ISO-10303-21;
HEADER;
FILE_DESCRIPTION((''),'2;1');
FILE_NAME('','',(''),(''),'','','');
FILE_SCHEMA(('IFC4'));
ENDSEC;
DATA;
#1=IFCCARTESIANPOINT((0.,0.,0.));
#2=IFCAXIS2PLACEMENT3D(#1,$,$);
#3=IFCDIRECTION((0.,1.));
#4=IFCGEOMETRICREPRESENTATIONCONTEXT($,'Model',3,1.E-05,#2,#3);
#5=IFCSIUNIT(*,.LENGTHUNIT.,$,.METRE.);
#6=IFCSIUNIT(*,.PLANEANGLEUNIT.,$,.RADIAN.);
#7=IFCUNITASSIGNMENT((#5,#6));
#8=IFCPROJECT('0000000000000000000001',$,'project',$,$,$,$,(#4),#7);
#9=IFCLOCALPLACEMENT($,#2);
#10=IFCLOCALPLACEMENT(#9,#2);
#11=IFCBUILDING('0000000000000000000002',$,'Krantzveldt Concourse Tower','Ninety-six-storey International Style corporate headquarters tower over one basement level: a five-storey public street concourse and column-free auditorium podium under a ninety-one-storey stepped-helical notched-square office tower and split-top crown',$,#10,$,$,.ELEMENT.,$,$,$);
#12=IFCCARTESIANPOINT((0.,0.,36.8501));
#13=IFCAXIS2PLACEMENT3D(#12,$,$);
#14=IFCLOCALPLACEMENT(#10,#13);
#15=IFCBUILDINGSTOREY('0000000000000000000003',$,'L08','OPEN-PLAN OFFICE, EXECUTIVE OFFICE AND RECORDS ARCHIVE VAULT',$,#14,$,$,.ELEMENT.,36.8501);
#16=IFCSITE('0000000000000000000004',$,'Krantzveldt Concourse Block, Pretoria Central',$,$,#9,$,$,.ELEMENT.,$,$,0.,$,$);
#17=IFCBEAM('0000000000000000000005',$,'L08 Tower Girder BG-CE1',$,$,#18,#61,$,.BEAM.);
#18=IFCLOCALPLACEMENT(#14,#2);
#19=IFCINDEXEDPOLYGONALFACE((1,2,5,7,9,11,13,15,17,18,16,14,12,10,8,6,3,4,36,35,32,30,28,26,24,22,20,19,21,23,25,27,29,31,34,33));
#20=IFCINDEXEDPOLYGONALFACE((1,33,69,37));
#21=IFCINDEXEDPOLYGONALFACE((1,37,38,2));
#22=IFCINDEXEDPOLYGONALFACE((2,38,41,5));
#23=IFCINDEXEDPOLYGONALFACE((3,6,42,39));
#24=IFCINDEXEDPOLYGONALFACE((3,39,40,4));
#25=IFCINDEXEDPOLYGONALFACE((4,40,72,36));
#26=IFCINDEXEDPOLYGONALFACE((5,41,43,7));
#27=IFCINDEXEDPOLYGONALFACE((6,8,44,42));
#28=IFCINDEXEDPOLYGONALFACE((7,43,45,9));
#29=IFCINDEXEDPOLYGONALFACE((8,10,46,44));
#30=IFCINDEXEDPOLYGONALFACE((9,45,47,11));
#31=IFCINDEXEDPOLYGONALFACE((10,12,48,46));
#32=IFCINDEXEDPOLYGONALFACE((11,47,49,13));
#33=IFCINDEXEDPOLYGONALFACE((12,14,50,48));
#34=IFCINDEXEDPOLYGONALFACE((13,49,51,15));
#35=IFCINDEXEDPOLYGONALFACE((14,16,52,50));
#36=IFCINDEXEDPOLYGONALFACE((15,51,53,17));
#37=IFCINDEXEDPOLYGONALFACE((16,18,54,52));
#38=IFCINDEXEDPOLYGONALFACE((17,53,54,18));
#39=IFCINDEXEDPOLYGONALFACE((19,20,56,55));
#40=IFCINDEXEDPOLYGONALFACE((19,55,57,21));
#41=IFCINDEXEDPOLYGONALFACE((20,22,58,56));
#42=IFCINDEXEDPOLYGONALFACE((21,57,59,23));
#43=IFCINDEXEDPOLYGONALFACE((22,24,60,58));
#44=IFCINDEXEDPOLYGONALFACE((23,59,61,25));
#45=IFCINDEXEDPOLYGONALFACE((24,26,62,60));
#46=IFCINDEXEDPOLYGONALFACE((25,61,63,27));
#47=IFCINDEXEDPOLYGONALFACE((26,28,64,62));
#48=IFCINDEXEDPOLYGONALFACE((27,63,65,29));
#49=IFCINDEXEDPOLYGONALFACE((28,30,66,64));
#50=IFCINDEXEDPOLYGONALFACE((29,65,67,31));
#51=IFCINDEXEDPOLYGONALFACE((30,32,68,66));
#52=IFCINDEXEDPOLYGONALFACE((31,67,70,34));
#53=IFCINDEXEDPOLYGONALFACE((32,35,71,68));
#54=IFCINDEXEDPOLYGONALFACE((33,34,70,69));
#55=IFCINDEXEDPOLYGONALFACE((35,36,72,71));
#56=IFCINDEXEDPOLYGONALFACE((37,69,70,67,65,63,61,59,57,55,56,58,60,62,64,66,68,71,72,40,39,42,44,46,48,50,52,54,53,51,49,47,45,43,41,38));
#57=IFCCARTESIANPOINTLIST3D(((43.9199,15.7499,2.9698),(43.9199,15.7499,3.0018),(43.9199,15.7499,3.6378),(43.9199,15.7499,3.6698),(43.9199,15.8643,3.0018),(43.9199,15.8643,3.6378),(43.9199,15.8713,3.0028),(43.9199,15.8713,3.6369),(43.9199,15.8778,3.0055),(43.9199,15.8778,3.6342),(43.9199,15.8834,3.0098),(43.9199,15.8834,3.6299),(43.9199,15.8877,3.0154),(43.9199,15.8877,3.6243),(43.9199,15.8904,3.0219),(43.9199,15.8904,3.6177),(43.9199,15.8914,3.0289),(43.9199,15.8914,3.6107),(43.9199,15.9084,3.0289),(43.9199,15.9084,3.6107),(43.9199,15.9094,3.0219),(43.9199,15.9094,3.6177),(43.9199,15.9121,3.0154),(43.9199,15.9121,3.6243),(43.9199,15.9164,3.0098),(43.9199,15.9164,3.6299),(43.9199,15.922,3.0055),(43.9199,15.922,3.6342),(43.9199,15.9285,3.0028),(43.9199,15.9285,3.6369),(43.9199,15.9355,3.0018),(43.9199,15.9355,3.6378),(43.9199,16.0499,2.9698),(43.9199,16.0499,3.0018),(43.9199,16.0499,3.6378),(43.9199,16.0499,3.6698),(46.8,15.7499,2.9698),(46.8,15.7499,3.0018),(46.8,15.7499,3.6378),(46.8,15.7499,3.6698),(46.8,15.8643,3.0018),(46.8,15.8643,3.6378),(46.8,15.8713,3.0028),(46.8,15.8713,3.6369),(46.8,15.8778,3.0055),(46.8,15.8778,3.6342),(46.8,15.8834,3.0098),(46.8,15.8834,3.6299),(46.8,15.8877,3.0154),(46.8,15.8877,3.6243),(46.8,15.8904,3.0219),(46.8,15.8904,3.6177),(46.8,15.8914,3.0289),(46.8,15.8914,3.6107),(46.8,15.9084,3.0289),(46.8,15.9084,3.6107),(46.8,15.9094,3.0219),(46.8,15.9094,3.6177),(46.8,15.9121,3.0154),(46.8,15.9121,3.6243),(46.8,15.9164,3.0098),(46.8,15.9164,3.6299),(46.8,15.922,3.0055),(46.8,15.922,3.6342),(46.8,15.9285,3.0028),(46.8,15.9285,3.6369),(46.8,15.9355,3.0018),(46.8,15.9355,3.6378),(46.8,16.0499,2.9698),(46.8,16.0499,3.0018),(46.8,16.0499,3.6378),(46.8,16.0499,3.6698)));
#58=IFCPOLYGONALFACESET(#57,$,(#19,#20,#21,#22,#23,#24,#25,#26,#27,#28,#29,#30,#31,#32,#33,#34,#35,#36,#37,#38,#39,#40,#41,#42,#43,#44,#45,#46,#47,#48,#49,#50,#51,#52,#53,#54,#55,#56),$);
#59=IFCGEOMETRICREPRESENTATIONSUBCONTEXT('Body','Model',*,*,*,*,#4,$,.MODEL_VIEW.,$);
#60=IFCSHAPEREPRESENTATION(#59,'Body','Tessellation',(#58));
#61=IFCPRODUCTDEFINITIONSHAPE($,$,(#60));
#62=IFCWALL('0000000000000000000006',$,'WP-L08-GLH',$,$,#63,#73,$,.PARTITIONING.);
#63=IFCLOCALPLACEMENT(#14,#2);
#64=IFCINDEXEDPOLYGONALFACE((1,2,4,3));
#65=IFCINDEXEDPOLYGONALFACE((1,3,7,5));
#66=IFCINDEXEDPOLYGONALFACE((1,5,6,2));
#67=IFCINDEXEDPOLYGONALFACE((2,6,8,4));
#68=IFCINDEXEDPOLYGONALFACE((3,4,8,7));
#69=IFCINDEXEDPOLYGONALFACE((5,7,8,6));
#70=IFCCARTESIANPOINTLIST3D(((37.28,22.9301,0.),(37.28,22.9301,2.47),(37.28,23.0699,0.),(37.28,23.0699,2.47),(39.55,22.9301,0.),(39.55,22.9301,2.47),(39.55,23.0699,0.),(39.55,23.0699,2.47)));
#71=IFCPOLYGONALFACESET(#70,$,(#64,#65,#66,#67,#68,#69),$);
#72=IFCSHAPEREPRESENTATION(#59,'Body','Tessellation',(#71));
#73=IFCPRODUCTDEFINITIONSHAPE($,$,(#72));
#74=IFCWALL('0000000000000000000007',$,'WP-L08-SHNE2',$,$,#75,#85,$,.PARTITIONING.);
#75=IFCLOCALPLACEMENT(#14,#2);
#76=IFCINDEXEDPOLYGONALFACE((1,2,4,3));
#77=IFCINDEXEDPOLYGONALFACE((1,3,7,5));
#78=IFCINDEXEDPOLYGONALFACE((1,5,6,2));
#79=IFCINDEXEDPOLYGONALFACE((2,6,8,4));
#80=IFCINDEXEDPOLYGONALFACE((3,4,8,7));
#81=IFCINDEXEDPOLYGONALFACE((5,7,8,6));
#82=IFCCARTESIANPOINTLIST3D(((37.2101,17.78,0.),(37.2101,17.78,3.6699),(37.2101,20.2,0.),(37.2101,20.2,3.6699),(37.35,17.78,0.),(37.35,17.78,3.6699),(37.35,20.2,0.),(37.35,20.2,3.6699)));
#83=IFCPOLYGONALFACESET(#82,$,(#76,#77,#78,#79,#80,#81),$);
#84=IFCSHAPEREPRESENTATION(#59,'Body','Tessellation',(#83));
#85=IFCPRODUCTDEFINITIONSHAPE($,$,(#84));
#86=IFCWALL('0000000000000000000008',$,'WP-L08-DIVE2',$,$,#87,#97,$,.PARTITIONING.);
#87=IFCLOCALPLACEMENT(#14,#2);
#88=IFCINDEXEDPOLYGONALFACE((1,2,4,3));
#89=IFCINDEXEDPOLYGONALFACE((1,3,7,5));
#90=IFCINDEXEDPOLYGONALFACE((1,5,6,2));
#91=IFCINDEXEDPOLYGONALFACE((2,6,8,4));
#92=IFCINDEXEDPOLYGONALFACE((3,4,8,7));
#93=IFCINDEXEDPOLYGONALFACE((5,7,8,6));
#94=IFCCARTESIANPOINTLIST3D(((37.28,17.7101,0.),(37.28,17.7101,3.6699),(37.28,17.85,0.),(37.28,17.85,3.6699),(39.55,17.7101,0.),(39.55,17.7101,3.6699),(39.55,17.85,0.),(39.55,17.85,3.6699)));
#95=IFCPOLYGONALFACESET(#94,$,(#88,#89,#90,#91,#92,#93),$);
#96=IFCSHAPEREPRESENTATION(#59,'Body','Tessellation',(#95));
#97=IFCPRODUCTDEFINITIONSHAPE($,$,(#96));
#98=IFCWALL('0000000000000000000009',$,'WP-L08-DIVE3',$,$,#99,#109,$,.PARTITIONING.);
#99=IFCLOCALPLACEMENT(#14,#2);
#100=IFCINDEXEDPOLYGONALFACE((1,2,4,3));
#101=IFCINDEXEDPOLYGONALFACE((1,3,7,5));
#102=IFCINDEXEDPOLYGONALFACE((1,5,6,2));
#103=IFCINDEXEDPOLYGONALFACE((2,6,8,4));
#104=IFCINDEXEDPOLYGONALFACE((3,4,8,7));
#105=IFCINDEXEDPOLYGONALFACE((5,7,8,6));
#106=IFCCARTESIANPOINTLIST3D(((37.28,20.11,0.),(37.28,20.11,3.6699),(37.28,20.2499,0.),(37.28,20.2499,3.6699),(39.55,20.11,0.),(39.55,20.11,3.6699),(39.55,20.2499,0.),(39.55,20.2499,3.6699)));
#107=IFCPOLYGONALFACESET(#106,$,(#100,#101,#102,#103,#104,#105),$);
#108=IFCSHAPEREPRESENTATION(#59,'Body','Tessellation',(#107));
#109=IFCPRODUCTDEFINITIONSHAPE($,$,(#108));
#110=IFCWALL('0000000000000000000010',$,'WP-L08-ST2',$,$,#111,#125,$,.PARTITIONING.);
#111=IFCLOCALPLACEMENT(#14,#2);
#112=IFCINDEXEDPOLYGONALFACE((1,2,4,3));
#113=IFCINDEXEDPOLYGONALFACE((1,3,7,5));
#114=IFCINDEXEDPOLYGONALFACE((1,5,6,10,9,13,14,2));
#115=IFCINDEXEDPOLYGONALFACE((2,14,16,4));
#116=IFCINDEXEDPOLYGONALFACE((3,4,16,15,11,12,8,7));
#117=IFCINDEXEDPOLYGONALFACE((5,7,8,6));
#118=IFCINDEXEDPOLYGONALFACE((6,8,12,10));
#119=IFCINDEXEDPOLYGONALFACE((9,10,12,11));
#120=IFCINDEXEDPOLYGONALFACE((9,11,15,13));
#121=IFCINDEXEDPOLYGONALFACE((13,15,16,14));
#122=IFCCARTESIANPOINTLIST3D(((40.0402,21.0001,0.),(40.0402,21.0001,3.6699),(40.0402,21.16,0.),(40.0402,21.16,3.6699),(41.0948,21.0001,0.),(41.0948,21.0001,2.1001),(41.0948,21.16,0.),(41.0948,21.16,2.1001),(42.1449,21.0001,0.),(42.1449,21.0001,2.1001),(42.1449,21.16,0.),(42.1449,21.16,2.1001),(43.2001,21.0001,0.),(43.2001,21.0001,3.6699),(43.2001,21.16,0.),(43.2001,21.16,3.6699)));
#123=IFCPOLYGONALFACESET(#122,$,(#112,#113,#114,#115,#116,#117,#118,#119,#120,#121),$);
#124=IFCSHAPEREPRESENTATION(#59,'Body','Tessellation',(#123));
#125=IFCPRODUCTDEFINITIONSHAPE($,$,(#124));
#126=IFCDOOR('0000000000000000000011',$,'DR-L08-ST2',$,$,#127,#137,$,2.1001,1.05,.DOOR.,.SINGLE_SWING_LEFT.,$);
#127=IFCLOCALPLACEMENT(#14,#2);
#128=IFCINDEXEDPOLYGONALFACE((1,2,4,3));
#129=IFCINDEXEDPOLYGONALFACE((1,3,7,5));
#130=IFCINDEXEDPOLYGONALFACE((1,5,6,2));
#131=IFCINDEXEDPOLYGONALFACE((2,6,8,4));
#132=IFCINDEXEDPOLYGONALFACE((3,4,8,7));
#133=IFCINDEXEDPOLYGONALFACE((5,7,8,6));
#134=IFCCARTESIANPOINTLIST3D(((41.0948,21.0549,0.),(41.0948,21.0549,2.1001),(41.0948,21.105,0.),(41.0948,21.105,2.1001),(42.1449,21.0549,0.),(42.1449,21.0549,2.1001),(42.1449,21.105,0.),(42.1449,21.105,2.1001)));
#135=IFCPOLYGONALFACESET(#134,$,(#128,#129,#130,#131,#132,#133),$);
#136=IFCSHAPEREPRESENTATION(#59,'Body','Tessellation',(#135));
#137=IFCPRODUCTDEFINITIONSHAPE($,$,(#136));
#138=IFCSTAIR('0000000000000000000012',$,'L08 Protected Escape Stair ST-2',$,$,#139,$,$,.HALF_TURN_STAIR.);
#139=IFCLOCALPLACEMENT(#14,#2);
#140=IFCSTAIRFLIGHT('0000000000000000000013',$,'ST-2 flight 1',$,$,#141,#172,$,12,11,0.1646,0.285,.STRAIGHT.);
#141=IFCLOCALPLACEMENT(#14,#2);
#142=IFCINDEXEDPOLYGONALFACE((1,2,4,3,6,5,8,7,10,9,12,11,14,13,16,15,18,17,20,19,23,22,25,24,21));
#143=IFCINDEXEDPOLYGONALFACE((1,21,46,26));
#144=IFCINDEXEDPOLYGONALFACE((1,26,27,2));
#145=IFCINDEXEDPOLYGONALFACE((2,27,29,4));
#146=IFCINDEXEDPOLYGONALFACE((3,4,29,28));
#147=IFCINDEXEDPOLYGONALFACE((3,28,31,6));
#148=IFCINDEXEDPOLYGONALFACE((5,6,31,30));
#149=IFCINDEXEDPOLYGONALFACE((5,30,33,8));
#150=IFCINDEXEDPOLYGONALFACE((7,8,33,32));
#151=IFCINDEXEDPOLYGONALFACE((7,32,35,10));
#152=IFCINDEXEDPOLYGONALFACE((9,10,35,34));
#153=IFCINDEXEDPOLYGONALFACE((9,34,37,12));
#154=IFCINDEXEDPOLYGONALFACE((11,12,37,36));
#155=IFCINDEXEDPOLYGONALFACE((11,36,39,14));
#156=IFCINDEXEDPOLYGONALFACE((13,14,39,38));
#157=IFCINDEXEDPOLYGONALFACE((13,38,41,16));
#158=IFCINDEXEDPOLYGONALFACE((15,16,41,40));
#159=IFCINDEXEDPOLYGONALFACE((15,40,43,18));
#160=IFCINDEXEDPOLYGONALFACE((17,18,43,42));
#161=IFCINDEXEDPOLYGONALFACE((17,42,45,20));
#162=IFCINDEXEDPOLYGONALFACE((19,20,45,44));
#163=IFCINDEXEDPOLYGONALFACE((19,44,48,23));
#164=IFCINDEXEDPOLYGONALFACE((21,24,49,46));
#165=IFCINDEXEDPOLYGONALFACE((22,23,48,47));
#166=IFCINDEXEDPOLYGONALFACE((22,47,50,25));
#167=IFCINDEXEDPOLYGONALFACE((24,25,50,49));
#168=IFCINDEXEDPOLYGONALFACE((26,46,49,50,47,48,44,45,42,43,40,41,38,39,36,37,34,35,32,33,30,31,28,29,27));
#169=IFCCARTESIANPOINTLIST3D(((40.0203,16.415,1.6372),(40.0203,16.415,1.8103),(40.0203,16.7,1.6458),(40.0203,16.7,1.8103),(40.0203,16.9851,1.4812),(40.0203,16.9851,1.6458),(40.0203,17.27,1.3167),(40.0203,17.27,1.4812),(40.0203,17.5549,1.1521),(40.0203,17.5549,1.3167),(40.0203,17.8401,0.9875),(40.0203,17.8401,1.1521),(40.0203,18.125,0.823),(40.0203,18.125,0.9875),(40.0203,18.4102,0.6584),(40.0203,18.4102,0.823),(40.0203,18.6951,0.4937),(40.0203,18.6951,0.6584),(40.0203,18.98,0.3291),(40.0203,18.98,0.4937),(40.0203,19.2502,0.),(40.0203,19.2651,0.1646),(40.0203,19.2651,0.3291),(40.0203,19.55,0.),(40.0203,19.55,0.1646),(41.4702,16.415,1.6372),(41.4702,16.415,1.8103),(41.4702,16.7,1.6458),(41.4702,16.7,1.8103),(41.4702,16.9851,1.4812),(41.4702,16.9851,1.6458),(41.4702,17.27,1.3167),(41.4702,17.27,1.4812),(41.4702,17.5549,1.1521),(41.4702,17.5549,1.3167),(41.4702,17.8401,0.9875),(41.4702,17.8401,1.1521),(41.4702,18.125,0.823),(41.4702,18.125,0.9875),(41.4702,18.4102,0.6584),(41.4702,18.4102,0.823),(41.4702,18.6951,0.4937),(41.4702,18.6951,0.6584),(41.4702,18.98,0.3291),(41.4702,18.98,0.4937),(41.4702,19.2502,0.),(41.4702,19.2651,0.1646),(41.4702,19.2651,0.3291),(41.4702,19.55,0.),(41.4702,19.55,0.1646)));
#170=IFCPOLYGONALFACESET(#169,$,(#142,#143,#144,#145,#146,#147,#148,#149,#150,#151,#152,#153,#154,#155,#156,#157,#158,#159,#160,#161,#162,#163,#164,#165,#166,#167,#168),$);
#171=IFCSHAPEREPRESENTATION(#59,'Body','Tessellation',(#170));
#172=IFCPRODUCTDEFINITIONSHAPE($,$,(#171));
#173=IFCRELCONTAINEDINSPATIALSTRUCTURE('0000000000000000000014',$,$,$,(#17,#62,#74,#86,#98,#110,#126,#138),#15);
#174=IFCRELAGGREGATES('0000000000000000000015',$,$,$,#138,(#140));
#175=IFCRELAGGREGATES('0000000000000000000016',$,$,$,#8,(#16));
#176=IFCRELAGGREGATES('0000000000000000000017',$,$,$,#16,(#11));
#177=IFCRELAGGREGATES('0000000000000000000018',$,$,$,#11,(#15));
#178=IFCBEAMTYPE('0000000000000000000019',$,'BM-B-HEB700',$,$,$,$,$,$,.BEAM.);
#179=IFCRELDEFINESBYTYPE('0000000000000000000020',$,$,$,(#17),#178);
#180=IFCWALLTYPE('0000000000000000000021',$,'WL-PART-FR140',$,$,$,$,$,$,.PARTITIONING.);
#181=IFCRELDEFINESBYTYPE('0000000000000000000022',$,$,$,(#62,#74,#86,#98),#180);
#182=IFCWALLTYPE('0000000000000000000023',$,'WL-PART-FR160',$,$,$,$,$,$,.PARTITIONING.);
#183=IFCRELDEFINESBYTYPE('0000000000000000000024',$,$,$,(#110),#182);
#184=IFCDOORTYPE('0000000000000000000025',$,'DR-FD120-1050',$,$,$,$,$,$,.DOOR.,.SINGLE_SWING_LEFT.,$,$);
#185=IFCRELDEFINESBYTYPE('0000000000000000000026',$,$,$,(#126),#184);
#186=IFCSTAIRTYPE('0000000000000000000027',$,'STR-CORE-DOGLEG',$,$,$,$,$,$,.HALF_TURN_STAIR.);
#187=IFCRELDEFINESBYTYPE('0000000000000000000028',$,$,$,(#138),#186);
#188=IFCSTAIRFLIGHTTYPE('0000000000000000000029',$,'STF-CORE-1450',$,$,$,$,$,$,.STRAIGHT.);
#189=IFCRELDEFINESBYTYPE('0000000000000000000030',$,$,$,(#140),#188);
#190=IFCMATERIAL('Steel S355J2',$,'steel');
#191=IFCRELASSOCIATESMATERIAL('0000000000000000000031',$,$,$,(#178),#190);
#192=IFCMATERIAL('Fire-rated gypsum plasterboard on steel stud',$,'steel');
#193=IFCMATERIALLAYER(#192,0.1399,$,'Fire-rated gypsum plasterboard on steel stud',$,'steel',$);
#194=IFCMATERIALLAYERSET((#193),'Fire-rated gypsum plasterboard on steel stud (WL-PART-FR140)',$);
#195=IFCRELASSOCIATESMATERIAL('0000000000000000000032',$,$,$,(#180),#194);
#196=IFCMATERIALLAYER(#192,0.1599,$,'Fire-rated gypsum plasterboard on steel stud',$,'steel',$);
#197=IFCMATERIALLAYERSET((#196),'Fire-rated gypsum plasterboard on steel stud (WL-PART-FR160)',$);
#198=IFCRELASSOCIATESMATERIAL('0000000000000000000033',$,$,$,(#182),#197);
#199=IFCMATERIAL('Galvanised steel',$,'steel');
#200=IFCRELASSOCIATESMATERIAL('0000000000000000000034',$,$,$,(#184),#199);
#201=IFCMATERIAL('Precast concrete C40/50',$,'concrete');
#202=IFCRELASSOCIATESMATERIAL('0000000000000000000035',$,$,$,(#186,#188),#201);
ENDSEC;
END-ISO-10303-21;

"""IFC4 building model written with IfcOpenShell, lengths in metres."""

from ifc_helpers import new_model, si_unit, direction, frame, frame_2d, origin, origin_2d, place, context, subcontext, project, spatial, polyline, rectangle, i_section, outline, extrude, source, transform, mapped, material, layer, layer_set, material_profile, profile_set, type_object, type_shapes, element, fill, aggregate, save


model = new_model("IFC4")

# Units and contexts
model_context = context("Model", 3, precision=1e-05, world=origin(), true_north=direction((0.0, 1.0)))
body_context = subcontext(model_context, "Body", "Model", "MODEL_VIEW")
ifc_project = project(units=[si_unit("LENGTHUNIT", "METRE"), si_unit("PLANEANGLEUNIT", "RADIAN")], contexts=[model_context])

# Site, building, storey
site_placement = place(None, origin())
site = spatial("IfcSite", under=ifc_project, at=site_placement, Name="Krantzveldt Concourse Block, Pretoria Central", CompositionType="ELEMENT", RefElevation=0.0)
building_placement = place(site_placement, origin())
building = spatial("IfcBuilding", under=site, at=building_placement, Name="Krantzveldt Concourse Tower", Description="Ninety-six-storey International Style corporate headquarters tower over one basement level: a five-storey public street concourse and column-free auditorium podium under a ninety-one-storey stepped-helical notched-square office tower and split-top crown", CompositionType="ELEMENT")
storey_placement = place(building_placement, frame((0.0, 0.0, 36.8501)))
storey = spatial("IfcBuildingStorey", under=building, at=storey_placement, Name="L08", Description="OPEN-PLAN OFFICE, EXECUTIVE OFFICE AND RECORDS ARCHIVE VAULT", CompositionType="ELEMENT", Elevation=36.8501)

# Beam
ifc_material_1 = material(Name="Steel S355J2", Category="steel")
ifc_material_profile = material_profile(ifc_material_1, i_section(OverallWidth=0.3, OverallDepth=0.7, WebThickness=0.0171, FlangeThickness=0.032, FilletRadius=0.0271, at=origin_2d()), Name="Steel S355J2", Category="steel")
ifc_profile_set = profile_set([ifc_material_profile], Name="Steel S355J2 - HEB 700")
beam_type = type_object("IfcBeamType", Name="BM-B-HEB700", PredefinedType="BEAM", material=ifc_profile_set)
shared_shape = source(origin(), body_context, "Body", "SweptSolid", [
    extrude(i_section(OverallWidth=0.3, OverallDepth=0.7, WebThickness=0.0171, FlangeThickness=0.032, FilletRadius=0.0271, at=origin_2d()), origin(), (0.0, 0.0, 1.0), 2.8801),
])
type_shapes(beam_type, [shared_shape])
beam_placement = place(storey_placement, frame((43.9199, 15.8999, 3.3198), z_axis=(1.0, 0.0, 0.0), x_axis=(0.0, 1.0, 0.0)))
element("IfcBeam", 1, at=beam_placement, inside=storey, type_object=beam_type, Name="L08 Tower Girder BG-CE1", PredefinedType="BEAM", context=body_context, shape_type="MappedRepresentation", body=[
    mapped(shared_shape, transform((0.0, 0.0, 0.0), x_axis=(1.0, 0.0, 0.0), y_axis=(0.0, 1.0, 0.0), z_axis=(0.0, 0.0, 1.0), scale=1.0)),
])

# Shared definitions
ifc_material_2 = material(Name="Fire-rated gypsum plasterboard on steel stud", Category="steel")
ifc_layer_1 = layer(ifc_material_2, 0.1399, Name="Fire-rated gypsum plasterboard on steel stud", Category="steel")
ifc_layer_set_1 = layer_set([ifc_layer_1], Name="Fire-rated gypsum plasterboard on steel stud (WL-PART-FR140)")
wall_type_1 = type_object("IfcWallType", Name="WL-PART-FR140", PredefinedType="PARTITIONING", material=ifc_layer_set_1)

# Walls
wall_1_placement = place(storey_placement, frame((37.28, 23.0, 0.0), z_axis=(0.0, 0.0, 1.0), x_axis=(1.0, 0.0, 0.0)))
element("IfcWall", 2, at=wall_1_placement, inside=storey, type_object=wall_type_1, Name="WP-L08-GLH", PredefinedType="PARTITIONING", context=body_context, shape_type="SweptSolid", body=[
    extrude(rectangle(XDim=2.27, YDim=0.1399, at=frame_2d((1.135, 0.0))), origin(), (0.0, 0.0, 1.0), 2.47),
])
wall_2_placement = place(storey_placement, frame((37.28, 17.78, 0.0), z_axis=(0.0, 0.0, 1.0), x_axis=(0.0, 1.0, 0.0)))
element("IfcWall", 3, at=wall_2_placement, inside=storey, type_object=wall_type_1, Name="WP-L08-SHNE2", PredefinedType="PARTITIONING", context=body_context, shape_type="SweptSolid", body=[
    extrude(rectangle(XDim=2.4199, YDim=0.1399, at=frame_2d((1.21, 0.0))), origin(), (0.0, 0.0, 1.0), 3.6699),
])
for number, where, z_axis, x_axis, name in (
    (4, (37.28, 17.78, 0.0), (0.0, 0.0, 1.0), (1.0, 0.0, 0.0), "WP-L08-DIVE2"),
    (5, (37.28, 20.1799, 0.0), (0.0, 0.0, 1.0), (1.0, 0.0, 0.0), "WP-L08-DIVE3"),
):
    element("IfcWall", number, at=place(storey_placement, frame(where, z_axis=z_axis, x_axis=x_axis)), inside=storey, type_object=wall_type_1, Name=name, PredefinedType="PARTITIONING", context=body_context, shape_type="SweptSolid", body=[
        extrude(rectangle(XDim=2.27, YDim=0.1399, at=frame_2d((1.135, 0.0))), origin(), (0.0, 0.0, 1.0), 3.6699),
    ])

# Wall, opening, door
ifc_layer_2 = layer(ifc_material_2, 0.1599, Name="Fire-rated gypsum plasterboard on steel stud", Category="steel")
ifc_layer_set_2 = layer_set([ifc_layer_2], Name="Fire-rated gypsum plasterboard on steel stud (WL-PART-FR160)")
wall_type_2 = type_object("IfcWallType", Name="WL-PART-FR160", PredefinedType="PARTITIONING", material=ifc_layer_set_2)
wall_3_placement = place(storey_placement, frame((40.04, 21.0801, 0.0), z_axis=(0.0, 0.0, 1.0), x_axis=(1.0, 0.0, 0.0)))
wall_3 = element("IfcWall", 6, at=wall_3_placement, inside=storey, type_object=wall_type_2, Name="WP-L08-ST2", PredefinedType="PARTITIONING", context=body_context, shape_type="SweptSolid", body=[
    extrude(rectangle(XDim=3.1599, YDim=0.1599, at=frame_2d((1.5801, 0.0))), origin(), (0.0, 0.0, 1.0), 3.6699),
])
opening_1_placement = place(wall_3_placement, frame((1.0549, 0.0, 0.0)))
opening_1 = element("IfcOpeningElement", 7, at=opening_1_placement, cuts=wall_3, PredefinedType="OPENING", context=body_context, shape_type="SweptSolid", body=[
    extrude(rectangle(XDim=1.05, YDim=2.1001, at=frame_2d((0.5249, 1.05))), frame((0.0, 0.0898, 0.0), z_axis=(0.0, -1.0, 0.0), x_axis=(1.0, 0.0, 0.0)), (0.0, 0.0, 1.0), 0.1799),
])
ifc_material_3 = material(Name="Galvanised steel", Category="steel")
door_type_1 = type_object("IfcDoorType", Name="DR-FD120-1050", OperationType="SINGLE_SWING_LEFT", PredefinedType="DOOR", material=ifc_material_3)
door_1_placement = place(opening_1_placement, origin())
door_1 = element("IfcDoor", 8, at=door_1_placement, inside=storey, type_object=door_type_1, Name="DR-L08-ST2", OperationType="SINGLE_SWING_LEFT", OverallHeight=2.1001, OverallWidth=1.05, PredefinedType="DOOR", context=body_context, shape_type="SweptSolid", body=[
    extrude(rectangle(XDim=1.05, YDim=2.1001, at=frame_2d((0.5249, 1.05))), frame((0.0, 0.0249, 0.0), z_axis=(0.0, -1.0, 0.0), x_axis=(1.0, 0.0, 0.0)), (0.0, 0.0, 1.0), 0.05),
])
fill(opening_1, door_1)

# Stair, stair flight
ifc_material_4 = material(Name="Precast concrete C40/50", Category="concrete")
stair_type = type_object("IfcStairType", Name="STR-CORE-DOGLEG", PredefinedType="HALF_TURN_STAIR", material=ifc_material_4)
stair_placement = place(storey_placement, origin())
stair = element("IfcStair", 9, at=stair_placement, inside=storey, type_object=stair_type, Name="L08 Protected Escape Stair ST-2", PredefinedType="HALF_TURN_STAIR")
stair_flight_type = type_object("IfcStairFlightType", Name="STF-CORE-1450", PredefinedType="STRAIGHT", material=ifc_material_4)
stair_flight_1_placement = place(storey_placement, frame((40.7451, 19.55, 0.0), z_axis=(0.0, 0.0, 1.0), x_axis=(0.0, -1.0, 0.0)))
stair_flight_1 = element("IfcStairFlight", 10, at=stair_flight_1_placement, type_object=stair_flight_type, Name="ST-2 flight 1", NumberOfRisers=12, NumberOfTreads=11, PredefinedType="STRAIGHT", RiserHeight=0.1646, TreadLength=0.285, context=body_context, shape_type="SweptSolid", body=[
    extrude(outline(polyline([(0.0, 0.0), (0.0, 0.1646), (0.2849, 0.1646), (0.2849, 0.3291), (0.5701, 0.3291), (0.5701, 0.4937), (0.855, 0.4937), (0.855, 0.6584), (1.1399, 0.6584), (1.1399, 0.823), (1.425, 0.823), (1.425, 0.9875), (1.71, 0.9875), (1.71, 1.1521), (1.9951, 1.1521), (1.9951, 1.3167), (2.28, 1.3167), (2.28, 1.4812), (2.5649, 1.4812), (2.5649, 1.6458), (2.8501, 1.6458), (2.8501, 1.8103), (3.135, 1.8103), (3.135, 1.9751), (3.135, 1.6372), (0.2998, 0.0), (0.0, 0.0)])), frame((0.0, 0.7251, 0.0), z_axis=(0.0, -1.0, 0.0), x_axis=(1.0, 0.0, 0.0)), (0.0, 0.0, 1.0), 1.45),
])
aggregate(stair, [stair_flight_1])

save(model, "model.ifc")
